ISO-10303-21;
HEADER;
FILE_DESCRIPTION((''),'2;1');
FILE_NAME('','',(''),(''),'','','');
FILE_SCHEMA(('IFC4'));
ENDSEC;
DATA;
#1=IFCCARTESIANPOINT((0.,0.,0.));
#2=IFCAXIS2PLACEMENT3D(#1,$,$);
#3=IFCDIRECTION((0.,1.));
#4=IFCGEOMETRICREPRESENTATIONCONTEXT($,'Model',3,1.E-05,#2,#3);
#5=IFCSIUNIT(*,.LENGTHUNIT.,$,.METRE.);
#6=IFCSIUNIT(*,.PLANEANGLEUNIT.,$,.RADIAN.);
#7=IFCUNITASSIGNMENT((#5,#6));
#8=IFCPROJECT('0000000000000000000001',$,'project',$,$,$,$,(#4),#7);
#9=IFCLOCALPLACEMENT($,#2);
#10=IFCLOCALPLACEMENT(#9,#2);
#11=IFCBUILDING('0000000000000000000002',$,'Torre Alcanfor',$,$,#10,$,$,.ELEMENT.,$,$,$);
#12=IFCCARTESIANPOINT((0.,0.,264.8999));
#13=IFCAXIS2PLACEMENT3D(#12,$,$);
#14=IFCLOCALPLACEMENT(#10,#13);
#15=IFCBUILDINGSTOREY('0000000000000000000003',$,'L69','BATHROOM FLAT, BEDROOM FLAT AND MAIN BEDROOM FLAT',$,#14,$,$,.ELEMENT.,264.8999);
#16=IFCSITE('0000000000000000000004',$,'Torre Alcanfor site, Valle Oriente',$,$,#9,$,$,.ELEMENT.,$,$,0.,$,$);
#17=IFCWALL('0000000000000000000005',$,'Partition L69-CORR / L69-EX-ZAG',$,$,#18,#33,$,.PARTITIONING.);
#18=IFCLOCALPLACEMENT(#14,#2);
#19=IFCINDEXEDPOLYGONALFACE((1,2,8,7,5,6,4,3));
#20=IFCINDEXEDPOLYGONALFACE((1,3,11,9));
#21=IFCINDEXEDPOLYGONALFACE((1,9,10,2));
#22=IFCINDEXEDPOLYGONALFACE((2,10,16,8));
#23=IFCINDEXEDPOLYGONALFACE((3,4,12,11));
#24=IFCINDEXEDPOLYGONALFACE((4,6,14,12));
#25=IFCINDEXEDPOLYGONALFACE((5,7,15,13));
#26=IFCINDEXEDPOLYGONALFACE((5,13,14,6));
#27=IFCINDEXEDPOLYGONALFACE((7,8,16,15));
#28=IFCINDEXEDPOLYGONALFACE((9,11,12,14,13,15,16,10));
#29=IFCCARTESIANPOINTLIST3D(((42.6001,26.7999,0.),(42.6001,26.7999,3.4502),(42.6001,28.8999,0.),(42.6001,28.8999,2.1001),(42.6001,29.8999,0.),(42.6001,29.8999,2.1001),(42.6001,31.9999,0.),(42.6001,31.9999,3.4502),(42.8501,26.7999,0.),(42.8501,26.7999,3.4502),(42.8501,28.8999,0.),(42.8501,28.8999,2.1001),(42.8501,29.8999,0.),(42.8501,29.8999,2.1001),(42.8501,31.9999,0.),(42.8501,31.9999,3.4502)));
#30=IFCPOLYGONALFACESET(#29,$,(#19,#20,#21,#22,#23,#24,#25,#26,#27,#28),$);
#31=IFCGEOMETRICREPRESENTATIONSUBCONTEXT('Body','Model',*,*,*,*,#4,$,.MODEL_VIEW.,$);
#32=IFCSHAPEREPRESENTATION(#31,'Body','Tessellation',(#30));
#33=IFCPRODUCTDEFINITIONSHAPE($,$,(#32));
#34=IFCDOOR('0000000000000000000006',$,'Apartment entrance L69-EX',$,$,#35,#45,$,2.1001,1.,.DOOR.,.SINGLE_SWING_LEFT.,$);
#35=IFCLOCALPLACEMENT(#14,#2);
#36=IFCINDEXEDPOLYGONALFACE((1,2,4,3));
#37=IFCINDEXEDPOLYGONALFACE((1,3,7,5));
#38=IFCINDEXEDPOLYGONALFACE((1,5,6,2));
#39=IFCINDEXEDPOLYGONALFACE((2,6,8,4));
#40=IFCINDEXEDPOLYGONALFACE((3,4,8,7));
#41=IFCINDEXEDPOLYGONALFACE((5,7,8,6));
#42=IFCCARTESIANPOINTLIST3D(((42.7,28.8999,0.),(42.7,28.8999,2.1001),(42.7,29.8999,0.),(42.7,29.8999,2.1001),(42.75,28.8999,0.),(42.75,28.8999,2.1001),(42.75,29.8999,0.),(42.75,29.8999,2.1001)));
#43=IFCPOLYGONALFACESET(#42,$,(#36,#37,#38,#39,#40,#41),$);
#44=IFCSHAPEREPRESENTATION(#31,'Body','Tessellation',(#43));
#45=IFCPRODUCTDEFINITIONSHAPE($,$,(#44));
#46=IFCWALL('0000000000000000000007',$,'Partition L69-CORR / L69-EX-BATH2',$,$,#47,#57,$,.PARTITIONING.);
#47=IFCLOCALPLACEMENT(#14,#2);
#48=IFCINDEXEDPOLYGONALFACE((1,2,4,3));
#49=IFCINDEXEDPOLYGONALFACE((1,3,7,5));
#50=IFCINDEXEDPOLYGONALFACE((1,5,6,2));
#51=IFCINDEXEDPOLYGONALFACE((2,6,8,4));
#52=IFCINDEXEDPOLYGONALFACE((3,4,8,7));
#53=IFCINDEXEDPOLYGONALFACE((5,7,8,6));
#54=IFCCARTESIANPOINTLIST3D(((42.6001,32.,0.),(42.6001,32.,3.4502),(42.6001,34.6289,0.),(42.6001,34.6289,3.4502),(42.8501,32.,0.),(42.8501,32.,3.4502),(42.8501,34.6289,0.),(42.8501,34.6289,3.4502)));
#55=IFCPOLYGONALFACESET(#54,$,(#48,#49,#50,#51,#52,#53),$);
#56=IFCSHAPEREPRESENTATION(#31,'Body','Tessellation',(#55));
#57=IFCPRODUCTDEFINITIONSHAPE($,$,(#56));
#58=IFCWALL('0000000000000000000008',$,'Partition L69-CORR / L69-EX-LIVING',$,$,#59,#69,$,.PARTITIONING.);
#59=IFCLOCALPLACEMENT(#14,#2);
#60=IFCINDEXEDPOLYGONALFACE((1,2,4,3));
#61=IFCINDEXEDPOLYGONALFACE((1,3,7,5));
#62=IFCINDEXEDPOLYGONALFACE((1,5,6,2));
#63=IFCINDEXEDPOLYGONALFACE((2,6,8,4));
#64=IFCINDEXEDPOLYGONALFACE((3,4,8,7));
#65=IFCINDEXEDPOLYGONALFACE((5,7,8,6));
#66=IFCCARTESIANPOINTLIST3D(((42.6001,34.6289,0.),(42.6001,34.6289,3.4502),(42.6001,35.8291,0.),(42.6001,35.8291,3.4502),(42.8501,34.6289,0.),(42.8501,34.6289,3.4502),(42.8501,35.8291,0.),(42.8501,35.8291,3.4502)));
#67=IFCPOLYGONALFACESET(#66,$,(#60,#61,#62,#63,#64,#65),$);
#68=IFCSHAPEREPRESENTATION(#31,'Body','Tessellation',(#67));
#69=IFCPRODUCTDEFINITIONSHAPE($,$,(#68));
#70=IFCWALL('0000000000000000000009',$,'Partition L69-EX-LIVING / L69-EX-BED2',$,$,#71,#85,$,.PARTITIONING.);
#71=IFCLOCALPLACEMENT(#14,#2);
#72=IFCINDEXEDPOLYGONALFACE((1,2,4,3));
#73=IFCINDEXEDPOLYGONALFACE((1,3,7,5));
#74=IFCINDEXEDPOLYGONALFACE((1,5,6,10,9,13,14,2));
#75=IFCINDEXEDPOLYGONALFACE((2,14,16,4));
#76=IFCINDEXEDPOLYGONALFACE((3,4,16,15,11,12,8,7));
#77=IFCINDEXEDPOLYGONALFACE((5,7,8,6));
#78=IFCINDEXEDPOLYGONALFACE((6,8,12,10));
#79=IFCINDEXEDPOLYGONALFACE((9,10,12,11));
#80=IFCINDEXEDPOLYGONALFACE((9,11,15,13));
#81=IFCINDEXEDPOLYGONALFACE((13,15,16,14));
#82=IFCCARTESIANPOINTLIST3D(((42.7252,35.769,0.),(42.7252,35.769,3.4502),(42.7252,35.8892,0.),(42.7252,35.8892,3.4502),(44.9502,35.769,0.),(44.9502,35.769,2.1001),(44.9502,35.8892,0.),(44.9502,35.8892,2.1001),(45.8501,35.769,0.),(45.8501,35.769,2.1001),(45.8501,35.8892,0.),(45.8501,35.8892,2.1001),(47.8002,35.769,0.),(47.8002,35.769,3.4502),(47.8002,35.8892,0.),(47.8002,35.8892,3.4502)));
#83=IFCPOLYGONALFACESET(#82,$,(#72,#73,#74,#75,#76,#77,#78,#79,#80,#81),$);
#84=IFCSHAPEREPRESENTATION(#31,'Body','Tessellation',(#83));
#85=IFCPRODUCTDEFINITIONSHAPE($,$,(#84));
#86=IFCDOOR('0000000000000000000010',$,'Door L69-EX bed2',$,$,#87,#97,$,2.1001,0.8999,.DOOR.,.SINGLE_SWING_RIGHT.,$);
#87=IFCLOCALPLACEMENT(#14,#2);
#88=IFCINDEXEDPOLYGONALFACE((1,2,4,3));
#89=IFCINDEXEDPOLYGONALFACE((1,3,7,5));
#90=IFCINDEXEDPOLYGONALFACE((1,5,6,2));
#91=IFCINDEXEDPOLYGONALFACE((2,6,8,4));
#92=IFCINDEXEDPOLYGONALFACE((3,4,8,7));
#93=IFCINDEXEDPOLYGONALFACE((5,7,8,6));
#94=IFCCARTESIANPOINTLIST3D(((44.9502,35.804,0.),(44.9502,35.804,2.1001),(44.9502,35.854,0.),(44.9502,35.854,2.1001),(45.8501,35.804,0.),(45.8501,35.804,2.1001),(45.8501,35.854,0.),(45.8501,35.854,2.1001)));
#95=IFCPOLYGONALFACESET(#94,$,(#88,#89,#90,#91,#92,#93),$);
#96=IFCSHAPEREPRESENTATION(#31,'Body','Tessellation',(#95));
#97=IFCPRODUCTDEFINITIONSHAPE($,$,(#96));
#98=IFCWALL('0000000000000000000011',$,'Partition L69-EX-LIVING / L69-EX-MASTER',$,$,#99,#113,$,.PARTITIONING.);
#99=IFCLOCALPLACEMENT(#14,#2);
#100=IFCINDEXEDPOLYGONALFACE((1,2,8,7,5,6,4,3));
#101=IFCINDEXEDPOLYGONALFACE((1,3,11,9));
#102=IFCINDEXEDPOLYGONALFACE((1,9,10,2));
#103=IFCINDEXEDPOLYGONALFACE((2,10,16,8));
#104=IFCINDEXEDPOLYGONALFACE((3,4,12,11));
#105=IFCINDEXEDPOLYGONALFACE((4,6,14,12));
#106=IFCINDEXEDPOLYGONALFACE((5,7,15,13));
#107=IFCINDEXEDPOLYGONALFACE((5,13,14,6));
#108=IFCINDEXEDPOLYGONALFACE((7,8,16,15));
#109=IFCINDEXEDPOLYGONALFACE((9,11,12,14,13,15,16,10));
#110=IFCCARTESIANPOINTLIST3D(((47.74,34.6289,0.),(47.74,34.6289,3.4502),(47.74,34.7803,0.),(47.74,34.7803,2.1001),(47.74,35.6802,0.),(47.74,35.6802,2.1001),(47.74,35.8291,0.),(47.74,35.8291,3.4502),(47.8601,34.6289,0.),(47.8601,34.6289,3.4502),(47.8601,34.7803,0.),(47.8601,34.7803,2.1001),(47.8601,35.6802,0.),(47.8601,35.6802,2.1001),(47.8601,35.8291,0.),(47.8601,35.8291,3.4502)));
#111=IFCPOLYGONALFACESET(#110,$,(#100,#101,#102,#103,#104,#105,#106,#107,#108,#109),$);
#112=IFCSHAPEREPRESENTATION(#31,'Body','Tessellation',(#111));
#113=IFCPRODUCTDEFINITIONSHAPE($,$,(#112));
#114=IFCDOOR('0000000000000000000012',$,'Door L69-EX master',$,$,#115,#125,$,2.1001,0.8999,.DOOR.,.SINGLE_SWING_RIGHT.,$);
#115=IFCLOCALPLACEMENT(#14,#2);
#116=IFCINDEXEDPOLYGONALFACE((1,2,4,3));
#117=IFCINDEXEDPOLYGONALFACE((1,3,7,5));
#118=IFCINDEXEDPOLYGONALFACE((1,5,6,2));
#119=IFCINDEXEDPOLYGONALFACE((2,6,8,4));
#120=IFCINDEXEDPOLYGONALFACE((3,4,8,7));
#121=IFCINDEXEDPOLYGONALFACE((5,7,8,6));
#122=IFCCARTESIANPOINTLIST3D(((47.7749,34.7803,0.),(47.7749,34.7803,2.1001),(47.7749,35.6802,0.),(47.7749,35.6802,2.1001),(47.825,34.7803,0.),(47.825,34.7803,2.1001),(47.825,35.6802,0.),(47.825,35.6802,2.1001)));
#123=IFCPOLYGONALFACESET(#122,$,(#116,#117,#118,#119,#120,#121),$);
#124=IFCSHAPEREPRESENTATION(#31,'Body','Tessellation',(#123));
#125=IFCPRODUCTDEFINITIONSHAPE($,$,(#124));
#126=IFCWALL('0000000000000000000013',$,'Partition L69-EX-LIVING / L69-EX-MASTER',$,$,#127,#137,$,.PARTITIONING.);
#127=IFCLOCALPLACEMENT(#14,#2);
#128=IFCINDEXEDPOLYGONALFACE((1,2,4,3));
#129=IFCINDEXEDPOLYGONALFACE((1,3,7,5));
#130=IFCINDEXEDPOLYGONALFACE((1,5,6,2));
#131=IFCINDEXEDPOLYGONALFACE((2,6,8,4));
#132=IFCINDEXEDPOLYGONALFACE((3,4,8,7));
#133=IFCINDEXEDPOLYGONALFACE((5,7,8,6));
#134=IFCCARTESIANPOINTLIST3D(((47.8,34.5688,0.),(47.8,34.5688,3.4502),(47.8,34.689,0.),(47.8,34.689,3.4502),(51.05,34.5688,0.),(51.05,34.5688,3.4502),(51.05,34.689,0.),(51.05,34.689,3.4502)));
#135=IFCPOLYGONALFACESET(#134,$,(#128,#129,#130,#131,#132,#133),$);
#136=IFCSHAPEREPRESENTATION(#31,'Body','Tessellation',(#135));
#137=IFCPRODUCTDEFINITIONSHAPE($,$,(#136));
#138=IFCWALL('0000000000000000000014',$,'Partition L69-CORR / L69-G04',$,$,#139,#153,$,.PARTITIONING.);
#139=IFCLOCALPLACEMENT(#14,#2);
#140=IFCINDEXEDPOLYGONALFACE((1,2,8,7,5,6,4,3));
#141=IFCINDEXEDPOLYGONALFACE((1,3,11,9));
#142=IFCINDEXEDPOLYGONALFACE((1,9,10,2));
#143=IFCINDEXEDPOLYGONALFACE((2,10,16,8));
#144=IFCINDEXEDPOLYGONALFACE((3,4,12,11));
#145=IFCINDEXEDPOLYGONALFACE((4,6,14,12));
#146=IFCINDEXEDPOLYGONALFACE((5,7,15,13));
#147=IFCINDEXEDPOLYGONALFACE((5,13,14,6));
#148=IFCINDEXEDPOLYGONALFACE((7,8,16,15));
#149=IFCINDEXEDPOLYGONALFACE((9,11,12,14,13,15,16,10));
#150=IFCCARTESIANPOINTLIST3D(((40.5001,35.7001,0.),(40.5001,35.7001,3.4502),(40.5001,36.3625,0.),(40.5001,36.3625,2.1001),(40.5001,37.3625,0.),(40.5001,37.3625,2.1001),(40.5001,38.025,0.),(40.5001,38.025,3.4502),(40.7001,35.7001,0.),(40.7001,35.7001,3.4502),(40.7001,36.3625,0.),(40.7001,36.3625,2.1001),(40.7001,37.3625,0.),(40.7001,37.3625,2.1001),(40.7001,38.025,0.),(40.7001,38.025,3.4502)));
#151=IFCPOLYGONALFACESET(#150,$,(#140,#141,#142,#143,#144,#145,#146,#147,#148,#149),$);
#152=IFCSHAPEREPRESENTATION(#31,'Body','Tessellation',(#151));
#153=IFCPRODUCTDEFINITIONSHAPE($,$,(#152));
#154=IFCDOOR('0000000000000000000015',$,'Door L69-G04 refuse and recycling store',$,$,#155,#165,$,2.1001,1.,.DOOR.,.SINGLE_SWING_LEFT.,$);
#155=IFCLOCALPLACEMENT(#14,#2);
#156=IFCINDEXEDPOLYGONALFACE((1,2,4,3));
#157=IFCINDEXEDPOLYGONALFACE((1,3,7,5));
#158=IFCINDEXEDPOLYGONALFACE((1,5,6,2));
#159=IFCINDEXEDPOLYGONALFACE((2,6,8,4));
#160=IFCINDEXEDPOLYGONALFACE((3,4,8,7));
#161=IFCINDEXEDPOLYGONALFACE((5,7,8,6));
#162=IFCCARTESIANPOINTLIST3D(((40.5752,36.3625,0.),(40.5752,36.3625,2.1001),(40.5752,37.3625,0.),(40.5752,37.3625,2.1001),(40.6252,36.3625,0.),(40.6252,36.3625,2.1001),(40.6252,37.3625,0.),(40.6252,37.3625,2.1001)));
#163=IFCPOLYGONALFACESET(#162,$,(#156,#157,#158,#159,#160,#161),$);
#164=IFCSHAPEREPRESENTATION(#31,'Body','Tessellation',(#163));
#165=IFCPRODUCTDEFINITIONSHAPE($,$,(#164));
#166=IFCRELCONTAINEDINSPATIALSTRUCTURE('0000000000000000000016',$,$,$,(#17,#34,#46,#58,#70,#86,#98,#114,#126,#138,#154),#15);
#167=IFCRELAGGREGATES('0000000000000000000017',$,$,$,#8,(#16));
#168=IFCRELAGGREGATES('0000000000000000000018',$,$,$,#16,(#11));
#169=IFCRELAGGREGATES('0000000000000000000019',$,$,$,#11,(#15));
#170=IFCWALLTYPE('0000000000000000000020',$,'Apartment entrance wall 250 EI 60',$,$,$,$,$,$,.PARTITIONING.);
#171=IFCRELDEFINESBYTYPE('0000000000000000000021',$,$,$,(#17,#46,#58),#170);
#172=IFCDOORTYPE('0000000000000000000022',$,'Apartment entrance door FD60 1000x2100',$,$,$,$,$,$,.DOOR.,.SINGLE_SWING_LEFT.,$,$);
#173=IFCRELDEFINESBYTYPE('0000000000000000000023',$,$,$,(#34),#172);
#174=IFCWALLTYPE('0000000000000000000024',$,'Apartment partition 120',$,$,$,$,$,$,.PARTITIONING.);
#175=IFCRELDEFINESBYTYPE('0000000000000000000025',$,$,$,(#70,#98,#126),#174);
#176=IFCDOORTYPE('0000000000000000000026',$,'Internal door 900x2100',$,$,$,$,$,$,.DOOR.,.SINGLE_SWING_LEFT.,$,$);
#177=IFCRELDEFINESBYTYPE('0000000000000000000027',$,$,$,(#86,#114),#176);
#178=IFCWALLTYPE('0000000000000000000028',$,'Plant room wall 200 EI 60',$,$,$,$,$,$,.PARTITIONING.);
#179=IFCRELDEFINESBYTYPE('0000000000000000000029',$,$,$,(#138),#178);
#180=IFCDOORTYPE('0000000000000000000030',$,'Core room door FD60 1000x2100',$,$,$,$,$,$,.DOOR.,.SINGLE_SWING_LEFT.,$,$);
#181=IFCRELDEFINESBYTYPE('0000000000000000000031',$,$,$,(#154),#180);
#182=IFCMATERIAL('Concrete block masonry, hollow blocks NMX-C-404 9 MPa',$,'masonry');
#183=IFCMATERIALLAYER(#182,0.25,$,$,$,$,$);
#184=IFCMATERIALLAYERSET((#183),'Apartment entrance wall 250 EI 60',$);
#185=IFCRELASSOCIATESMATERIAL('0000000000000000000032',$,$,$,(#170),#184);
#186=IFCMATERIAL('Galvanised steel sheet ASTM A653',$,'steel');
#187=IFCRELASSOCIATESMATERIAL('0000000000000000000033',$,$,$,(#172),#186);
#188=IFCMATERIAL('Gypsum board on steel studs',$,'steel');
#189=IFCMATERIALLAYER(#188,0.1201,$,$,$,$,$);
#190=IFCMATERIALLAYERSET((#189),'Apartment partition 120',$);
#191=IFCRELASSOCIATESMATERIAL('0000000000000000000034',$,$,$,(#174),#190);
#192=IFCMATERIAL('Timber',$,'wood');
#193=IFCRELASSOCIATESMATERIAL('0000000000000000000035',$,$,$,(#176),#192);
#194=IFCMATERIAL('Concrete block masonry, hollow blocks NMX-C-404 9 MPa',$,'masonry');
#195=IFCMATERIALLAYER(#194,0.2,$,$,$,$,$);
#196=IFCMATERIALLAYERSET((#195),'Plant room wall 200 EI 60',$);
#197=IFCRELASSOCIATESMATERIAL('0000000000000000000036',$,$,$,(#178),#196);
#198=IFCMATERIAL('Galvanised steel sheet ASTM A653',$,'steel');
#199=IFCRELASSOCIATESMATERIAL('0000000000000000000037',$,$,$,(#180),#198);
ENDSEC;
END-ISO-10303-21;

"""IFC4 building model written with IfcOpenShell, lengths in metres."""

from ifc_helpers import new_model, si_unit, direction, frame, frame_2d, origin, place, context, subcontext, project, spatial, rectangle, extrude, material, layer, layer_set, type_object, element, fill, save


model = new_model("IFC4")

# Units and contexts
model_context = context("Model", 3, precision=1e-05, world=origin(), true_north=direction((0.0, 1.0)))
body_context = subcontext(model_context, "Body", "Model", "MODEL_VIEW")
ifc_project = project(units=[si_unit("LENGTHUNIT", "METRE"), si_unit("PLANEANGLEUNIT", "RADIAN")], contexts=[model_context])

# Site, building, storey
site_placement = place(None, origin())
site = spatial("IfcSite", under=ifc_project, at=site_placement, Name="Torre Alcanfor site, Valle Oriente", CompositionType="ELEMENT", RefElevation=0.0)
building_placement = place(site_placement, origin())
building = spatial("IfcBuilding", under=site, at=building_placement, Name="Torre Alcanfor", CompositionType="ELEMENT")
storey_placement = place(building_placement, frame((0.0, 0.0, 264.8999)))
storey = spatial("IfcBuildingStorey", under=building, at=storey_placement, Name="L69", Description="BATHROOM FLAT, BEDROOM FLAT AND MAIN BEDROOM FLAT", CompositionType="ELEMENT", Elevation=264.8999)

# Wall, opening, door
ifc_material_1 = material(Name="Concrete block masonry, hollow blocks NMX-C-404 9 MPa", Category="masonry")
ifc_layer_1 = layer(ifc_material_1, 0.25)
ifc_layer_set_1 = layer_set([ifc_layer_1], Name="Apartment entrance wall 250 EI 60")
wall_type_1 = type_object("IfcWallType", Name="Apartment entrance wall 250 EI 60", PredefinedType="PARTITIONING", material=ifc_layer_set_1)
wall_1_placement = place(storey_placement, frame((42.7251, 32.0, 0.0), z_axis=(0.0, 0.0, 1.0), x_axis=(0.0, -1.0, 0.0)))
wall_1 = element("IfcWall", 1, at=wall_1_placement, inside=storey, type_object=wall_type_1, Name="Partition L69-CORR / L69-EX-ZAG", PredefinedType="PARTITIONING", context=body_context, shape_type="SweptSolid", body=[
    extrude(rectangle(XDim=5.2, YDim=0.25, at=frame_2d((2.6001, 0.0))), origin(), (0.0, 0.0, 1.0), 3.4502),
])
opening_1_placement = place(wall_1_placement, frame((2.1001, 0.0, 0.0)))
opening_1 = element("IfcOpeningElement", 2, at=opening_1_placement, cuts=wall_1, PredefinedType="OPENING", context=body_context, shape_type="SweptSolid", body=[
    extrude(rectangle(XDim=1.0, YDim=2.1001, at=frame_2d((0.5, 1.05))), frame((0.0, 0.135, 0.0), z_axis=(0.0, -1.0, 0.0), x_axis=(1.0, 0.0, 0.0)), (0.0, 0.0, 1.0), 0.27),
])
ifc_material_2 = material(Name="Galvanised steel sheet ASTM A653", Category="steel")
door_type_1 = type_object("IfcDoorType", Name="Apartment entrance door FD60 1000x2100", OperationType="SINGLE_SWING_LEFT", PredefinedType="DOOR", material=ifc_material_2)
door_1_placement = place(opening_1_placement, origin())
door_1 = element("IfcDoor", 3, at=door_1_placement, inside=storey, type_object=door_type_1, Name="Apartment entrance L69-EX", OperationType="SINGLE_SWING_LEFT", OverallHeight=2.1001, OverallWidth=1.0, PredefinedType="DOOR", context=body_context, shape_type="SweptSolid", body=[
    extrude(rectangle(XDim=1.0, YDim=2.1001, at=frame_2d((0.5, 1.05))), frame((0.0, 0.0249, 0.0), z_axis=(0.0, -1.0, 0.0), x_axis=(1.0, 0.0, 0.0)), (0.0, 0.0, 1.0), 0.05),
])
fill(opening_1, door_1)

# Walls
wall_2_placement = place(storey_placement, frame((42.7251, 34.6289, 0.0), z_axis=(0.0, 0.0, 1.0), x_axis=(0.0, -1.0, 0.0)))
element("IfcWall", 4, at=wall_2_placement, inside=storey, type_object=wall_type_1, Name="Partition L69-CORR / L69-EX-BATH2", PredefinedType="PARTITIONING", context=body_context, shape_type="SweptSolid", body=[
    extrude(rectangle(XDim=2.6289, YDim=0.25, at=frame_2d((1.3145, 0.0))), origin(), (0.0, 0.0, 1.0), 3.4502),
])
wall_3_placement = place(storey_placement, frame((42.7251, 35.8291, 0.0), z_axis=(0.0, 0.0, 1.0), x_axis=(0.0, -1.0, 0.0)))
element("IfcWall", 5, at=wall_3_placement, inside=storey, type_object=wall_type_1, Name="Partition L69-CORR / L69-EX-LIVING", PredefinedType="PARTITIONING", context=body_context, shape_type="SweptSolid", body=[
    extrude(rectangle(XDim=1.2002, YDim=0.25, at=frame_2d((0.6001, 0.0))), origin(), (0.0, 0.0, 1.0), 3.4502),
])

# Walls, openings, doors
ifc_material_3 = material(Name="Gypsum board on steel studs", Category="steel")
ifc_layer_2 = layer(ifc_material_3, 0.1201)
ifc_layer_set_2 = layer_set([ifc_layer_2], Name="Apartment partition 120")
wall_type_2 = type_object("IfcWallType", Name="Apartment partition 120", PredefinedType="PARTITIONING", material=ifc_layer_set_2)
wall_4_placement = place(storey_placement, frame((42.7251, 35.8291, 0.0), z_axis=(0.0, 0.0, 1.0), x_axis=(1.0, 0.0, 0.0)))
wall_4 = element("IfcWall", 6, at=wall_4_placement, inside=storey, type_object=wall_type_2, Name="Partition L69-EX-LIVING / L69-EX-BED2", PredefinedType="PARTITIONING", context=body_context, shape_type="SweptSolid", body=[
    extrude(rectangle(XDim=5.075, YDim=0.1201, at=frame_2d((2.5376, 0.0))), origin(), (0.0, 0.0, 1.0), 3.4502),
])
opening_2_placement = place(wall_4_placement, frame((2.2251, 0.0, 0.0)))
opening_2 = element("IfcOpeningElement", 7, at=opening_2_placement, cuts=wall_4, PredefinedType="OPENING", context=body_context, shape_type="SweptSolid", body=[
    extrude(rectangle(XDim=0.8999, YDim=2.1001, at=frame_2d((0.45, 1.05))), frame((0.0, 0.0701, 0.0), z_axis=(0.0, -1.0, 0.0), x_axis=(1.0, 0.0, 0.0)), (0.0, 0.0, 1.0), 0.1401),
])
ifc_material_4 = material(Name="Timber", Category="wood")
door_type_2 = type_object("IfcDoorType", Name="Internal door 900x2100", OperationType="SINGLE_SWING_LEFT", PredefinedType="DOOR", material=ifc_material_4)
door_2_placement = place(opening_2_placement, origin())
door_2 = element("IfcDoor", 8, at=door_2_placement, inside=storey, type_object=door_type_2, Name="Door L69-EX bed2", OperationType="SINGLE_SWING_RIGHT", OverallHeight=2.1001, OverallWidth=0.8999, PredefinedType="DOOR", context=body_context, shape_type="SweptSolid", body=[
    extrude(rectangle(XDim=0.8999, YDim=2.1001, at=frame_2d((0.45, 1.05))), frame((0.0, 0.0249, 0.0), z_axis=(0.0, -1.0, 0.0), x_axis=(1.0, 0.0, 0.0)), (0.0, 0.0, 1.0), 0.05),
])
fill(opening_2, door_2)
wall_5_placement = place(storey_placement, frame((47.8, 35.8291, 0.0), z_axis=(0.0, 0.0, 1.0), x_axis=(0.0, -1.0, 0.0)))
wall_5 = element("IfcWall", 9, at=wall_5_placement, inside=storey, type_object=wall_type_2, Name="Partition L69-EX-LIVING / L69-EX-MASTER", PredefinedType="PARTITIONING", context=body_context, shape_type="SweptSolid", body=[
    extrude(rectangle(XDim=1.2002, YDim=0.1201, at=frame_2d((0.6001, 0.0))), origin(), (0.0, 0.0, 1.0), 3.4502),
])
opening_3_placement = place(wall_5_placement, frame((0.1489, 0.0, 0.0)))
opening_3 = element("IfcOpeningElement", 10, at=opening_3_placement, cuts=wall_5, PredefinedType="OPENING", context=body_context, shape_type="SweptSolid", body=[
    extrude(rectangle(XDim=0.8999, YDim=2.1001, at=frame_2d((0.45, 1.05))), frame((0.0, 0.0701, 0.0), z_axis=(0.0, -1.0, 0.0), x_axis=(1.0, 0.0, 0.0)), (0.0, 0.0, 1.0), 0.1401),
])
door_3_placement = place(opening_3_placement, origin())
door_3 = element("IfcDoor", 11, at=door_3_placement, inside=storey, type_object=door_type_2, Name="Door L69-EX master", OperationType="SINGLE_SWING_RIGHT", OverallHeight=2.1001, OverallWidth=0.8999, PredefinedType="DOOR", context=body_context, shape_type="SweptSolid", body=[
    extrude(rectangle(XDim=0.8999, YDim=2.1001, at=frame_2d((0.45, 1.05))), frame((0.0, 0.0249, 0.0), z_axis=(0.0, -1.0, 0.0), x_axis=(1.0, 0.0, 0.0)), (0.0, 0.0, 1.0), 0.05),
])
fill(opening_3, door_3)

# Wall
wall_6_placement = place(storey_placement, frame((47.8, 34.6289, 0.0), z_axis=(0.0, 0.0, 1.0), x_axis=(1.0, 0.0, 0.0)))
element("IfcWall", 12, at=wall_6_placement, inside=storey, type_object=wall_type_2, Name="Partition L69-EX-LIVING / L69-EX-MASTER", PredefinedType="PARTITIONING", context=body_context, shape_type="SweptSolid", body=[
    extrude(rectangle(XDim=3.25, YDim=0.1201, at=frame_2d((1.625, 0.0))), origin(), (0.0, 0.0, 1.0), 3.4502),
])

# Wall, opening, door
ifc_material_5 = material(Name="Concrete block masonry, hollow blocks NMX-C-404 9 MPa", Category="masonry")
ifc_layer_3 = layer(ifc_material_5, 0.2)
ifc_layer_set_3 = layer_set([ifc_layer_3], Name="Plant room wall 200 EI 60")
wall_type_3 = type_object("IfcWallType", Name="Plant room wall 200 EI 60", PredefinedType="PARTITIONING", material=ifc_layer_set_3)
wall_7_placement = place(storey_placement, frame((40.6001, 35.7, 0.0), z_axis=(0.0, 0.0, 1.0), x_axis=(0.0, 1.0, 0.0)))
wall_7 = element("IfcWall", 13, at=wall_7_placement, inside=storey, type_object=wall_type_3, Name="Partition L69-CORR / L69-G04", PredefinedType="PARTITIONING", context=body_context, shape_type="SweptSolid", body=[
    extrude(rectangle(XDim=2.325, YDim=0.2, at=frame_2d((1.1626, 0.0))), origin(), (0.0, 0.0, 1.0), 3.4502),
])
opening_4_placement = place(wall_7_placement, frame((0.6626, 0.0, 0.0)))
opening_4 = element("IfcOpeningElement", 14, at=opening_4_placement, cuts=wall_7, PredefinedType="OPENING", context=body_context, shape_type="SweptSolid", body=[
    extrude(rectangle(XDim=1.0, YDim=2.1001, at=frame_2d((0.5, 1.05))), frame((0.0, 0.1099, 0.0), z_axis=(0.0, -1.0, 0.0), x_axis=(1.0, 0.0, 0.0)), (0.0, 0.0, 1.0), 0.22),
])
ifc_material_6 = material(Name="Galvanised steel sheet ASTM A653", Category="steel")
door_type_3 = type_object("IfcDoorType", Name="Core room door FD60 1000x2100", OperationType="SINGLE_SWING_LEFT", PredefinedType="DOOR", material=ifc_material_6)
door_4_placement = place(opening_4_placement, origin())
door_4 = element("IfcDoor", 15, at=door_4_placement, inside=storey, type_object=door_type_3, Name="Door L69-G04 refuse and recycling store", OperationType="SINGLE_SWING_LEFT", OverallHeight=2.1001, OverallWidth=1.0, PredefinedType="DOOR", context=body_context, shape_type="SweptSolid", body=[
    extrude(rectangle(XDim=1.0, YDim=2.1001, at=frame_2d((0.5, 1.05))), frame((0.0, 0.0249, 0.0), z_axis=(0.0, -1.0, 0.0), x_axis=(1.0, 0.0, 0.0)), (0.0, 0.0, 1.0), 0.05),
])
fill(opening_4, door_4)

save(model, "model.ifc")
